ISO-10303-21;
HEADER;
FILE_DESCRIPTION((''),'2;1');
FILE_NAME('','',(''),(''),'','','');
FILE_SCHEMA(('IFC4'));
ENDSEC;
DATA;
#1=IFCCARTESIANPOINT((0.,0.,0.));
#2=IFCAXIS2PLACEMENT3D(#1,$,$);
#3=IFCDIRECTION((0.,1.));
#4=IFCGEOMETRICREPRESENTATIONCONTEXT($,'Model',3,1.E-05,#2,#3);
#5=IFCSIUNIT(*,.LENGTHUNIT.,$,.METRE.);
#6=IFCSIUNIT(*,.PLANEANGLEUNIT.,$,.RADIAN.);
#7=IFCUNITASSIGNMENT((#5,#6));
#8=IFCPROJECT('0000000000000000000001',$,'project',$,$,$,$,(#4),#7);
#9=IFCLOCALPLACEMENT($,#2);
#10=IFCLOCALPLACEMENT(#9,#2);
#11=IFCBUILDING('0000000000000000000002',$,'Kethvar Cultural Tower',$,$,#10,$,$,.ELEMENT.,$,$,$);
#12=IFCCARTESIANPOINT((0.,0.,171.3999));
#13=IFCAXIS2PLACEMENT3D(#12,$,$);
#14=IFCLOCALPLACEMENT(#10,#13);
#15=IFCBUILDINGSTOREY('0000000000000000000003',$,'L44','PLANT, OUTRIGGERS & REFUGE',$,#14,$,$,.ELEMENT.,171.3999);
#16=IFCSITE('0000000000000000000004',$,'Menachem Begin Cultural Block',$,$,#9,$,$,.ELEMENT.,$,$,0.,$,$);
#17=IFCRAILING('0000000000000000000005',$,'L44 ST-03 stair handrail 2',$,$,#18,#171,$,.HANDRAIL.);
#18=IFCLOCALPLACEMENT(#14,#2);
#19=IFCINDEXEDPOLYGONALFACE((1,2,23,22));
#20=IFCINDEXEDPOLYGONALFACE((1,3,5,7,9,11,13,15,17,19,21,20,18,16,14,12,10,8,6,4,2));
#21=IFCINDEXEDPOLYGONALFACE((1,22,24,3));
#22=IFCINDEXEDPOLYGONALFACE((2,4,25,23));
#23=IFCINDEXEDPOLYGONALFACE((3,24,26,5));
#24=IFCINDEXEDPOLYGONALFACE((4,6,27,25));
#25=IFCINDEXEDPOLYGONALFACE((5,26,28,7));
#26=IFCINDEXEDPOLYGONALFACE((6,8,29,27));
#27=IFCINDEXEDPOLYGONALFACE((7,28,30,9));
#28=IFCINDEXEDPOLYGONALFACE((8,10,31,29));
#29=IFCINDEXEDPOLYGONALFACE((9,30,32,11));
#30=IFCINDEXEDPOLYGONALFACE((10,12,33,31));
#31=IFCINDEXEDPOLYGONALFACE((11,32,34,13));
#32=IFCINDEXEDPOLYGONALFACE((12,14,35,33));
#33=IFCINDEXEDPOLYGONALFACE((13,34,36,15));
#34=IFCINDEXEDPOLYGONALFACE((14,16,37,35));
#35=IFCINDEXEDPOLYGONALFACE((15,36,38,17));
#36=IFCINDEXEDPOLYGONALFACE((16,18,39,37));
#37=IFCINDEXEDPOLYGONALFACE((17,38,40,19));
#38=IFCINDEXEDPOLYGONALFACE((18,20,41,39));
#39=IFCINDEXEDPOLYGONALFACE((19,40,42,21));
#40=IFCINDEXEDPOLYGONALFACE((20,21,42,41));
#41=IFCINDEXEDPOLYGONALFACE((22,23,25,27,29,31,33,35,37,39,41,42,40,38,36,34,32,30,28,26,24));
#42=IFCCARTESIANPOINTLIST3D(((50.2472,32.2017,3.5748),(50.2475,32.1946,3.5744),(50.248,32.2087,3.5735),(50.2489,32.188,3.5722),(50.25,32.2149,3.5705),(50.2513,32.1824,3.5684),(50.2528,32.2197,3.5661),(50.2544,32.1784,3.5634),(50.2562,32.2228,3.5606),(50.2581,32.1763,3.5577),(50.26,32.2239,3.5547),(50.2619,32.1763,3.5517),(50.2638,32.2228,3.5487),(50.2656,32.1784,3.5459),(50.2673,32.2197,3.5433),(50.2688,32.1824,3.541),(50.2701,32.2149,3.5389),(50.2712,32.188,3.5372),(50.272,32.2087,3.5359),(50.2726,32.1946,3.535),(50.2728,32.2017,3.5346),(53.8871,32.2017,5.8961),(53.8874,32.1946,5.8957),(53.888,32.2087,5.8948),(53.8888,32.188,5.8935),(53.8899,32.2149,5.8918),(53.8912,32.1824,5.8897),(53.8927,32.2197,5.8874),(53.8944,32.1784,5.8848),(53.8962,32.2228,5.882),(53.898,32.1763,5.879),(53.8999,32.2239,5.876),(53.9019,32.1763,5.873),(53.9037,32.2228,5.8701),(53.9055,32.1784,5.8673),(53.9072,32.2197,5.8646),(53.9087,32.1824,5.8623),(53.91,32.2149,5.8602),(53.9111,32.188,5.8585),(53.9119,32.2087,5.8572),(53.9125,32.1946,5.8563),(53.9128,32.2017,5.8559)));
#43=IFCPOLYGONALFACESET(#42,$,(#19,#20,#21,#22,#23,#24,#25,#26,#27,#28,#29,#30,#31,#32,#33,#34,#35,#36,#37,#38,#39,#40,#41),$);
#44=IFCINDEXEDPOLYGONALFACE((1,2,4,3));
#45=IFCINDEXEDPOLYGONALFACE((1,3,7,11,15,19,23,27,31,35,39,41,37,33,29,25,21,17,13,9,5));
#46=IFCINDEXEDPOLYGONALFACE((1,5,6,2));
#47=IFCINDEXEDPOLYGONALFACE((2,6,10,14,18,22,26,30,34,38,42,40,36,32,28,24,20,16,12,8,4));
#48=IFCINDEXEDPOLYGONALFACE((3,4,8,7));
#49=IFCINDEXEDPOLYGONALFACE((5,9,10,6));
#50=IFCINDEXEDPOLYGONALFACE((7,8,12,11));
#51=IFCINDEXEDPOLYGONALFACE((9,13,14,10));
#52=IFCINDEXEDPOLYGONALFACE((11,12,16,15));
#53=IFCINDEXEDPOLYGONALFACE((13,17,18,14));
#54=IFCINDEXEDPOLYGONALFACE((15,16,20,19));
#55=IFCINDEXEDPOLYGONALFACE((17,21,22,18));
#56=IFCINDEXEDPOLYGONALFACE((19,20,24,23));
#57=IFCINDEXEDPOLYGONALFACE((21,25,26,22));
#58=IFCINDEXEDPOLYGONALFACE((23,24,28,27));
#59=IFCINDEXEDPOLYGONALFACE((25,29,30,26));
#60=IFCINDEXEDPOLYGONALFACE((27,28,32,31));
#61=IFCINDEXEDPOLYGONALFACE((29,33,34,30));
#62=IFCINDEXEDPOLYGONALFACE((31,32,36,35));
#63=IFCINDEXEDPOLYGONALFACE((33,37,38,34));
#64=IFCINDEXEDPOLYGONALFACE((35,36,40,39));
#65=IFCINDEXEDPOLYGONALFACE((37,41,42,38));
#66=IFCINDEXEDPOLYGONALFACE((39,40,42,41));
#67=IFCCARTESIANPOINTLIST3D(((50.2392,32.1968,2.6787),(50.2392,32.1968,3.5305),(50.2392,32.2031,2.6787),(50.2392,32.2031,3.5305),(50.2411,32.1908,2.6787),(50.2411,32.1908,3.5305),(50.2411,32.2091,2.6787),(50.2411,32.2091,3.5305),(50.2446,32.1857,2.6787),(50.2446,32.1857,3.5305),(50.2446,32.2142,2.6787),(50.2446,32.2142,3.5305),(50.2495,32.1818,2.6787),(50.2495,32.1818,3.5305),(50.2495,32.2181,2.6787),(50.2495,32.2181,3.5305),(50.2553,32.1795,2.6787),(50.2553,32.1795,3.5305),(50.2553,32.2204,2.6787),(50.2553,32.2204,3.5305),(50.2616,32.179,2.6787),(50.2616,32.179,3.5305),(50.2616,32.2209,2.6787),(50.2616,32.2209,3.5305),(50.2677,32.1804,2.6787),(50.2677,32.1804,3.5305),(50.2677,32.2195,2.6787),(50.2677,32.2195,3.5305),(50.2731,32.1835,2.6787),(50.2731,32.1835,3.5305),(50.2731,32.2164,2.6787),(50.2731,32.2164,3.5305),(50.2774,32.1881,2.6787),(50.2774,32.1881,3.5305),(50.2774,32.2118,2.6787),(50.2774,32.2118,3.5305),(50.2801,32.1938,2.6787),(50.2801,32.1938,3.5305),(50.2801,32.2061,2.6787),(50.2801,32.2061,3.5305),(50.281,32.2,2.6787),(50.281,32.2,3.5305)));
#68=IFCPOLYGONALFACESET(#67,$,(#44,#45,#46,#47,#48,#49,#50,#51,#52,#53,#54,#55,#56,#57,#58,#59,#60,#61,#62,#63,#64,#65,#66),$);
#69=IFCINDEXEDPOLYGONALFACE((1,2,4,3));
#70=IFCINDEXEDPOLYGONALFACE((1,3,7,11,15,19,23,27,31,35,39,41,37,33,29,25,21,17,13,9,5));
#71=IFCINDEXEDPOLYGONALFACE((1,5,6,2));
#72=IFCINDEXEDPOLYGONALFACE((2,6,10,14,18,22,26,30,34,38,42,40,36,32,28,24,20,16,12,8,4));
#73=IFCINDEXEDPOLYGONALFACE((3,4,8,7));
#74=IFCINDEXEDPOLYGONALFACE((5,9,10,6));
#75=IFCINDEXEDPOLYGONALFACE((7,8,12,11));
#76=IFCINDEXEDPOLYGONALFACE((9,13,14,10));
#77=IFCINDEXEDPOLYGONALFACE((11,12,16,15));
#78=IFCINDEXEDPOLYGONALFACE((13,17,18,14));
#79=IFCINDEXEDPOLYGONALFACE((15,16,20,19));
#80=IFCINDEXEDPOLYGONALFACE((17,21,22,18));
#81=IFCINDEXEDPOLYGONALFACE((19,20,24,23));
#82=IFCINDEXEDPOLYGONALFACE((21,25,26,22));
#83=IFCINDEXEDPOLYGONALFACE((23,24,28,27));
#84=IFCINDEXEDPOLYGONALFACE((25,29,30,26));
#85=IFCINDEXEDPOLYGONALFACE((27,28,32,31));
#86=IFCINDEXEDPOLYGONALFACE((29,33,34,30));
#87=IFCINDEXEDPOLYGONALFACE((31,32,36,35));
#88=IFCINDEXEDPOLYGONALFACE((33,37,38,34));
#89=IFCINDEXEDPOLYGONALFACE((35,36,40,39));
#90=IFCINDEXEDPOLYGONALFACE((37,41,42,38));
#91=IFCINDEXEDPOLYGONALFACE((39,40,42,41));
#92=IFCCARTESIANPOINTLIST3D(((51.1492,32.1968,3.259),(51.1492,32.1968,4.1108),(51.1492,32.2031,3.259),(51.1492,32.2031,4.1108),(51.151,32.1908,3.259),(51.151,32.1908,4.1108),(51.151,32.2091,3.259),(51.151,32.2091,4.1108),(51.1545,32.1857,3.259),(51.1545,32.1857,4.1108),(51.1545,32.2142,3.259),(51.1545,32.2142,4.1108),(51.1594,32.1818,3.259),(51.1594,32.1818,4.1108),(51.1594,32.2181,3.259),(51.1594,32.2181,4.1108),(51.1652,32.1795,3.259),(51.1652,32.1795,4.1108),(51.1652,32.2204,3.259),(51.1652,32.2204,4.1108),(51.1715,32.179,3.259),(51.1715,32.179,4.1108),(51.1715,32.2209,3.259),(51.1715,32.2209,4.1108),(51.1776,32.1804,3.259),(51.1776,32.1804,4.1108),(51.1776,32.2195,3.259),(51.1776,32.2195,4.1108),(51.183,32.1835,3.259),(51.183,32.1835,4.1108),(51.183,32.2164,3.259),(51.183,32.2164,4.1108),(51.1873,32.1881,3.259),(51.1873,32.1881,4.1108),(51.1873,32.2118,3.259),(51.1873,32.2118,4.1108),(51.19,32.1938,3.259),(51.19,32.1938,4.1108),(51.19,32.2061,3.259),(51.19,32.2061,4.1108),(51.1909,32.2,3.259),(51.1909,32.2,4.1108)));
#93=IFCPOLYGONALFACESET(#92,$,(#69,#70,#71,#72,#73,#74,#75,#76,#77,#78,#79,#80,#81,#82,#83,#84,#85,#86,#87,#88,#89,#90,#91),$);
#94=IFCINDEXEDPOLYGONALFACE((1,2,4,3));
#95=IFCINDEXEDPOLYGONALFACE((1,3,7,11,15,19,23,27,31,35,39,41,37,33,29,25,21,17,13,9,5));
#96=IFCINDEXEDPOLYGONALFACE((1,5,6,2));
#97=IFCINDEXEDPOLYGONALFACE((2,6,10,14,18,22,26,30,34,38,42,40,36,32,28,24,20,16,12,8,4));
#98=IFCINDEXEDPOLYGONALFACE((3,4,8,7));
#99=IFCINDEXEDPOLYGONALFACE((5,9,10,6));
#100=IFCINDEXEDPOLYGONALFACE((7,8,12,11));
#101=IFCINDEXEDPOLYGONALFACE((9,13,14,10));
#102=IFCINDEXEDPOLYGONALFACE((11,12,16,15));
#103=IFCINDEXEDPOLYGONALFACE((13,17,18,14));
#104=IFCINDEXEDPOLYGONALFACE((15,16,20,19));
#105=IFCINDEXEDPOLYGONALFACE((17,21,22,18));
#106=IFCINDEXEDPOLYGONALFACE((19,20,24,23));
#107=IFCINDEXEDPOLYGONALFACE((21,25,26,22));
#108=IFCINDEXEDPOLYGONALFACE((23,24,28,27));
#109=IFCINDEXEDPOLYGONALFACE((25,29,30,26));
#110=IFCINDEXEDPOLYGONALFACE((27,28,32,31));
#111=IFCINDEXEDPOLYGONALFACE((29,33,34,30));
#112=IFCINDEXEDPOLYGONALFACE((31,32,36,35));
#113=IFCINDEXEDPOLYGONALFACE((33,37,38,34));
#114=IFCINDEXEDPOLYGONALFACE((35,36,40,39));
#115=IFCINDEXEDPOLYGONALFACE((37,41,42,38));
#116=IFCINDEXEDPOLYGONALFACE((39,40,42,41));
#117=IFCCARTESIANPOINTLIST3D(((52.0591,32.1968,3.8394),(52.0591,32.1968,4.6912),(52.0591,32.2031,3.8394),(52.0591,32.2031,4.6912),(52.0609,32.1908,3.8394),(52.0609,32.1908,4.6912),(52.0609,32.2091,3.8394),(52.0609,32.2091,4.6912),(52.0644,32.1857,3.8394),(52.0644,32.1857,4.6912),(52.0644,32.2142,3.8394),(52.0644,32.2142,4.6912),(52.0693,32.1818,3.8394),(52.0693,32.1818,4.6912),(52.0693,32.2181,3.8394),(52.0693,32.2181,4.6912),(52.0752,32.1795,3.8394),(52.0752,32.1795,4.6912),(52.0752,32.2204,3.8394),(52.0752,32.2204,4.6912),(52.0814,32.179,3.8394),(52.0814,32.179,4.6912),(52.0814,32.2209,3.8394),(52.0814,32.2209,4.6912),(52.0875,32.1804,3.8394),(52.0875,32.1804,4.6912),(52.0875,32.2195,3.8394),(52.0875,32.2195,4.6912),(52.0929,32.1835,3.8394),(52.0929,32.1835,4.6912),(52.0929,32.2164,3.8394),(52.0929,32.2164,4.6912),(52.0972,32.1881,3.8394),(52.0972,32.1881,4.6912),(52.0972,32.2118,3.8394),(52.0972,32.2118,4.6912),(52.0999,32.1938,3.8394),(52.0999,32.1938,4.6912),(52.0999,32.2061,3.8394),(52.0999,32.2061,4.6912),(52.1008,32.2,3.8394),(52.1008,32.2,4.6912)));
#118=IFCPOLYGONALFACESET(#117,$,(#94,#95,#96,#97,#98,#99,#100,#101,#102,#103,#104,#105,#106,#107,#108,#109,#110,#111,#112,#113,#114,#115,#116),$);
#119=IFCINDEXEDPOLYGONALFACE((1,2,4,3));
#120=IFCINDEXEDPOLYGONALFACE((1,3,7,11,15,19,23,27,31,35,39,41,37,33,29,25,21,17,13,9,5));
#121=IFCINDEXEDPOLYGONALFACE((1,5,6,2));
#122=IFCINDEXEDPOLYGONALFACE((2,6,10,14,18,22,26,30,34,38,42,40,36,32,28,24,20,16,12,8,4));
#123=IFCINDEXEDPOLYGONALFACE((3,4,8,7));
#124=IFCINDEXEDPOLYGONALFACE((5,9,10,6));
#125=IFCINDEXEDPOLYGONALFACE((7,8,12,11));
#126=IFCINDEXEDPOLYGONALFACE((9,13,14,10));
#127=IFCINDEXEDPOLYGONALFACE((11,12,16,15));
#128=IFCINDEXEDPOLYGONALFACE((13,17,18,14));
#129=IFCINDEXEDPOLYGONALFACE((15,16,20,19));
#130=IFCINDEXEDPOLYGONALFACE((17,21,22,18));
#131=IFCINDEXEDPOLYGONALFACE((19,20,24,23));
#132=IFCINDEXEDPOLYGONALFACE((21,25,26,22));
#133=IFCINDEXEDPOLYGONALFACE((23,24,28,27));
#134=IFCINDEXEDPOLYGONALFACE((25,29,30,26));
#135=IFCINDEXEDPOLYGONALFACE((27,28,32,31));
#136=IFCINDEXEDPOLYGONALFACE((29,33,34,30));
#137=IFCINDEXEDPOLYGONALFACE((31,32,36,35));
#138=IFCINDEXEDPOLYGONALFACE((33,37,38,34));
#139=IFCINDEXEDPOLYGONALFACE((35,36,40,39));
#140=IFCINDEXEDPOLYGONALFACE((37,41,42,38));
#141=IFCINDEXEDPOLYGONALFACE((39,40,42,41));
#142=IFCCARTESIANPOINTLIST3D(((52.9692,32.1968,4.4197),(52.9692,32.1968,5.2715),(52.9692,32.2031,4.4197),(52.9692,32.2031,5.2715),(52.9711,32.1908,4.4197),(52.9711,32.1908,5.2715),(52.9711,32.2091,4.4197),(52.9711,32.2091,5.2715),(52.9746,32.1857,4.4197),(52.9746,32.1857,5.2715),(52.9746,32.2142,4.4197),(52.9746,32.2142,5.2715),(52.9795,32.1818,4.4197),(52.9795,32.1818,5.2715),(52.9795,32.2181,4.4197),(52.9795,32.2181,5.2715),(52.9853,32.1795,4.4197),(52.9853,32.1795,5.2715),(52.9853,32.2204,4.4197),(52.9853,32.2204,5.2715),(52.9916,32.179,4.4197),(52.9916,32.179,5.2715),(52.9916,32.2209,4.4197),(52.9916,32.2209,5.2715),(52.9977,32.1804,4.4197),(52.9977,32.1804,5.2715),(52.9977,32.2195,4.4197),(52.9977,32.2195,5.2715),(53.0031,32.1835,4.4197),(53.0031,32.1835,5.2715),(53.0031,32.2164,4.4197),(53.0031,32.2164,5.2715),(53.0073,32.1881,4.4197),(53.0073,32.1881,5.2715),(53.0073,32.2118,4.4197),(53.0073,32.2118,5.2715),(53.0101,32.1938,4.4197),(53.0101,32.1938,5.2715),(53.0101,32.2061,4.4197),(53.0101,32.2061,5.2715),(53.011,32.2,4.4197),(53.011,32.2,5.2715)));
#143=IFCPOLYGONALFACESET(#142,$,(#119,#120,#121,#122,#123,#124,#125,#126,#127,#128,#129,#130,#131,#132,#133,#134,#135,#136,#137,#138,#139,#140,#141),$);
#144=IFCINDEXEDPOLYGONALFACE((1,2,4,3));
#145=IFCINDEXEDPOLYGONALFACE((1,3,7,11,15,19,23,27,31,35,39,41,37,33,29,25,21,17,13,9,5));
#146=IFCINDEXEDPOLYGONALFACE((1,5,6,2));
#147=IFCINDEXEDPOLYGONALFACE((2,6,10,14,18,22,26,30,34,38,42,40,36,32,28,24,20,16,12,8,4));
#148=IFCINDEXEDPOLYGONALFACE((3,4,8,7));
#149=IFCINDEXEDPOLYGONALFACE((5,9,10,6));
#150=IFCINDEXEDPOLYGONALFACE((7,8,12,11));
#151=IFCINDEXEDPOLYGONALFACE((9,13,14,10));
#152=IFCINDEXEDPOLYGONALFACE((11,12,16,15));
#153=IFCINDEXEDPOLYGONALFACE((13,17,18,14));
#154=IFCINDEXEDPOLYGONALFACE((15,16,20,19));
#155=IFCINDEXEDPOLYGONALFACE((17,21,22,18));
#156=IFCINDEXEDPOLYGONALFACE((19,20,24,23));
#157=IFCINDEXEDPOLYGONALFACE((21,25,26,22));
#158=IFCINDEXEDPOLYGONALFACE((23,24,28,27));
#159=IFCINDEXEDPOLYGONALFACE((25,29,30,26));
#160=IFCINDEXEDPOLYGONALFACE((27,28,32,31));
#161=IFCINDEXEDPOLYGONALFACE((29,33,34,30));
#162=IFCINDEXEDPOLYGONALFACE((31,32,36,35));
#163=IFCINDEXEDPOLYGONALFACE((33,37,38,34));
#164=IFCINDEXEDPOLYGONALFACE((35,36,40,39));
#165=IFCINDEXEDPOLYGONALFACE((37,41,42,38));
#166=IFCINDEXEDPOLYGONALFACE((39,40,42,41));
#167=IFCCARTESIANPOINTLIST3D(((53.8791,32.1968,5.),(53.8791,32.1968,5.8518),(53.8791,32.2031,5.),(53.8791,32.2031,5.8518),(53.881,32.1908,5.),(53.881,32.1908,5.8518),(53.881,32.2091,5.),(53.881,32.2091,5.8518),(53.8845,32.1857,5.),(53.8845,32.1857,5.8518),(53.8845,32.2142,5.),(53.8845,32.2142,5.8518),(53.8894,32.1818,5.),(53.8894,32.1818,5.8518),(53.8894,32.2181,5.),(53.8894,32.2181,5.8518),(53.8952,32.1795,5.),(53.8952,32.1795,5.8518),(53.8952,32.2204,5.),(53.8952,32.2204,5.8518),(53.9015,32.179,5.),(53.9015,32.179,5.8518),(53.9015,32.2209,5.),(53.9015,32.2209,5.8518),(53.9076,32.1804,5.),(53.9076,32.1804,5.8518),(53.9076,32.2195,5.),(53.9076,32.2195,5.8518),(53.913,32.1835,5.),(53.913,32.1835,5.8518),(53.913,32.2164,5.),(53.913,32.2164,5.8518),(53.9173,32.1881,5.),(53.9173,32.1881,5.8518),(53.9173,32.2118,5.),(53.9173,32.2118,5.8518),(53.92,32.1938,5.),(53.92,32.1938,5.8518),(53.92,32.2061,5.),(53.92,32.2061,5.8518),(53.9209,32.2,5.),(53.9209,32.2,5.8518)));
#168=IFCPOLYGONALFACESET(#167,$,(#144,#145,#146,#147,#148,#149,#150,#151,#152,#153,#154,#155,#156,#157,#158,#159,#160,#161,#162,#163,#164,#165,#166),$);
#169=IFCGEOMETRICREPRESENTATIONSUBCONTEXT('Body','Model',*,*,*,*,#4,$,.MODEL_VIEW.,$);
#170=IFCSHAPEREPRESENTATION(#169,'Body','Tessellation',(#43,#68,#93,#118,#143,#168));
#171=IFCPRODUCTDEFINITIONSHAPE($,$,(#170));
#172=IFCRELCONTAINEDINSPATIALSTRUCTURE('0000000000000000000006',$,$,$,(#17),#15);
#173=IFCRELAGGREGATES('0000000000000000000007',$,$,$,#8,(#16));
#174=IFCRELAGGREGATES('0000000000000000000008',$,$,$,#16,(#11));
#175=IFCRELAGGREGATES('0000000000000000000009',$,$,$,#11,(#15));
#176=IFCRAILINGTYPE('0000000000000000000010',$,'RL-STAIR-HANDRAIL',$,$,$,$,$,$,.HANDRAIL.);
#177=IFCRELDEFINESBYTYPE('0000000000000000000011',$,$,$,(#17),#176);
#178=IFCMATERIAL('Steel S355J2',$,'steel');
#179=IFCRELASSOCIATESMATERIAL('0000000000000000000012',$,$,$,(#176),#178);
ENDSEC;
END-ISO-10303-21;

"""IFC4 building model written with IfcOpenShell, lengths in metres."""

from ifc_helpers import new_model, si_unit, direction, frame, origin, origin_2d, place, context, subcontext, project, spatial, circle, extrude, material, type_object, element, save


model = new_model("IFC4")

# Units and contexts
model_context = context("Model", 3, precision=1e-05, world=origin(), true_north=direction((0.0, 1.0)))
body_context = subcontext(model_context, "Body", "Model", "MODEL_VIEW")
ifc_project = project(units=[si_unit("LENGTHUNIT", "METRE"), si_unit("PLANEANGLEUNIT", "RADIAN")], contexts=[model_context])

# Site, building, storey
site_placement = place(None, origin())
site = spatial("IfcSite", under=ifc_project, at=site_placement, Name="Menachem Begin Cultural Block", CompositionType="ELEMENT", RefElevation=0.0)
building_placement = place(site_placement, origin())
building = spatial("IfcBuilding", under=site, at=building_placement, Name="Kethvar Cultural Tower", CompositionType="ELEMENT")
storey_placement = place(building_placement, frame((0.0, 0.0, 171.3999)))
storey = spatial("IfcBuildingStorey", under=building, at=storey_placement, Name="L44", Description="PLANT, OUTRIGGERS & REFUGE", CompositionType="ELEMENT", Elevation=171.3999)

# Railing
ifc_material_1 = material(Name="Steel S355J2", Category="steel")
railing_type_1 = type_object("IfcRailingType", Name="RL-STAIR-HANDRAIL", PredefinedType="HANDRAIL", material=ifc_material_1)
railing_1_placement = place(storey_placement, frame((50.26, 32.2, 2.6787)))
element("IfcRailing", 1, at=railing_1_placement, inside=storey, type_object=railing_type_1, Name="L44 ST-03 stair handrail 2", PredefinedType="HANDRAIL", context=body_context, shape_type="SweptSolid", body=[
    extrude(circle(Radius=0.0239, at=origin_2d()), frame((0.0, 0.0, 0.876), z_axis=(0.843137, 0.0, 0.537699), x_axis=(0.0, 1.0, 0.0)), (0.0, 0.0, 1.0), 4.3171),
    extrude(circle(Radius=0.021, at=origin_2d()), origin(), (0.0, 0.0, 1.0), 0.8518),
    extrude(circle(Radius=0.021, at=origin_2d()), frame((0.9099, 0.0, 0.5803)), (0.0, 0.0, 1.0), 0.8518),
    extrude(circle(Radius=0.021, at=origin_2d()), frame((1.8198, 0.0, 1.1606)), (0.0, 0.0, 1.0), 0.8518),
    extrude(circle(Radius=0.021, at=origin_2d()), frame((2.73, 0.0, 1.741)), (0.0, 0.0, 1.0), 0.8518),
    extrude(circle(Radius=0.021, at=origin_2d()), frame((3.6399, 0.0, 2.3213)), (0.0, 0.0, 1.0), 0.8518),
])

save(model, "model.ifc")
